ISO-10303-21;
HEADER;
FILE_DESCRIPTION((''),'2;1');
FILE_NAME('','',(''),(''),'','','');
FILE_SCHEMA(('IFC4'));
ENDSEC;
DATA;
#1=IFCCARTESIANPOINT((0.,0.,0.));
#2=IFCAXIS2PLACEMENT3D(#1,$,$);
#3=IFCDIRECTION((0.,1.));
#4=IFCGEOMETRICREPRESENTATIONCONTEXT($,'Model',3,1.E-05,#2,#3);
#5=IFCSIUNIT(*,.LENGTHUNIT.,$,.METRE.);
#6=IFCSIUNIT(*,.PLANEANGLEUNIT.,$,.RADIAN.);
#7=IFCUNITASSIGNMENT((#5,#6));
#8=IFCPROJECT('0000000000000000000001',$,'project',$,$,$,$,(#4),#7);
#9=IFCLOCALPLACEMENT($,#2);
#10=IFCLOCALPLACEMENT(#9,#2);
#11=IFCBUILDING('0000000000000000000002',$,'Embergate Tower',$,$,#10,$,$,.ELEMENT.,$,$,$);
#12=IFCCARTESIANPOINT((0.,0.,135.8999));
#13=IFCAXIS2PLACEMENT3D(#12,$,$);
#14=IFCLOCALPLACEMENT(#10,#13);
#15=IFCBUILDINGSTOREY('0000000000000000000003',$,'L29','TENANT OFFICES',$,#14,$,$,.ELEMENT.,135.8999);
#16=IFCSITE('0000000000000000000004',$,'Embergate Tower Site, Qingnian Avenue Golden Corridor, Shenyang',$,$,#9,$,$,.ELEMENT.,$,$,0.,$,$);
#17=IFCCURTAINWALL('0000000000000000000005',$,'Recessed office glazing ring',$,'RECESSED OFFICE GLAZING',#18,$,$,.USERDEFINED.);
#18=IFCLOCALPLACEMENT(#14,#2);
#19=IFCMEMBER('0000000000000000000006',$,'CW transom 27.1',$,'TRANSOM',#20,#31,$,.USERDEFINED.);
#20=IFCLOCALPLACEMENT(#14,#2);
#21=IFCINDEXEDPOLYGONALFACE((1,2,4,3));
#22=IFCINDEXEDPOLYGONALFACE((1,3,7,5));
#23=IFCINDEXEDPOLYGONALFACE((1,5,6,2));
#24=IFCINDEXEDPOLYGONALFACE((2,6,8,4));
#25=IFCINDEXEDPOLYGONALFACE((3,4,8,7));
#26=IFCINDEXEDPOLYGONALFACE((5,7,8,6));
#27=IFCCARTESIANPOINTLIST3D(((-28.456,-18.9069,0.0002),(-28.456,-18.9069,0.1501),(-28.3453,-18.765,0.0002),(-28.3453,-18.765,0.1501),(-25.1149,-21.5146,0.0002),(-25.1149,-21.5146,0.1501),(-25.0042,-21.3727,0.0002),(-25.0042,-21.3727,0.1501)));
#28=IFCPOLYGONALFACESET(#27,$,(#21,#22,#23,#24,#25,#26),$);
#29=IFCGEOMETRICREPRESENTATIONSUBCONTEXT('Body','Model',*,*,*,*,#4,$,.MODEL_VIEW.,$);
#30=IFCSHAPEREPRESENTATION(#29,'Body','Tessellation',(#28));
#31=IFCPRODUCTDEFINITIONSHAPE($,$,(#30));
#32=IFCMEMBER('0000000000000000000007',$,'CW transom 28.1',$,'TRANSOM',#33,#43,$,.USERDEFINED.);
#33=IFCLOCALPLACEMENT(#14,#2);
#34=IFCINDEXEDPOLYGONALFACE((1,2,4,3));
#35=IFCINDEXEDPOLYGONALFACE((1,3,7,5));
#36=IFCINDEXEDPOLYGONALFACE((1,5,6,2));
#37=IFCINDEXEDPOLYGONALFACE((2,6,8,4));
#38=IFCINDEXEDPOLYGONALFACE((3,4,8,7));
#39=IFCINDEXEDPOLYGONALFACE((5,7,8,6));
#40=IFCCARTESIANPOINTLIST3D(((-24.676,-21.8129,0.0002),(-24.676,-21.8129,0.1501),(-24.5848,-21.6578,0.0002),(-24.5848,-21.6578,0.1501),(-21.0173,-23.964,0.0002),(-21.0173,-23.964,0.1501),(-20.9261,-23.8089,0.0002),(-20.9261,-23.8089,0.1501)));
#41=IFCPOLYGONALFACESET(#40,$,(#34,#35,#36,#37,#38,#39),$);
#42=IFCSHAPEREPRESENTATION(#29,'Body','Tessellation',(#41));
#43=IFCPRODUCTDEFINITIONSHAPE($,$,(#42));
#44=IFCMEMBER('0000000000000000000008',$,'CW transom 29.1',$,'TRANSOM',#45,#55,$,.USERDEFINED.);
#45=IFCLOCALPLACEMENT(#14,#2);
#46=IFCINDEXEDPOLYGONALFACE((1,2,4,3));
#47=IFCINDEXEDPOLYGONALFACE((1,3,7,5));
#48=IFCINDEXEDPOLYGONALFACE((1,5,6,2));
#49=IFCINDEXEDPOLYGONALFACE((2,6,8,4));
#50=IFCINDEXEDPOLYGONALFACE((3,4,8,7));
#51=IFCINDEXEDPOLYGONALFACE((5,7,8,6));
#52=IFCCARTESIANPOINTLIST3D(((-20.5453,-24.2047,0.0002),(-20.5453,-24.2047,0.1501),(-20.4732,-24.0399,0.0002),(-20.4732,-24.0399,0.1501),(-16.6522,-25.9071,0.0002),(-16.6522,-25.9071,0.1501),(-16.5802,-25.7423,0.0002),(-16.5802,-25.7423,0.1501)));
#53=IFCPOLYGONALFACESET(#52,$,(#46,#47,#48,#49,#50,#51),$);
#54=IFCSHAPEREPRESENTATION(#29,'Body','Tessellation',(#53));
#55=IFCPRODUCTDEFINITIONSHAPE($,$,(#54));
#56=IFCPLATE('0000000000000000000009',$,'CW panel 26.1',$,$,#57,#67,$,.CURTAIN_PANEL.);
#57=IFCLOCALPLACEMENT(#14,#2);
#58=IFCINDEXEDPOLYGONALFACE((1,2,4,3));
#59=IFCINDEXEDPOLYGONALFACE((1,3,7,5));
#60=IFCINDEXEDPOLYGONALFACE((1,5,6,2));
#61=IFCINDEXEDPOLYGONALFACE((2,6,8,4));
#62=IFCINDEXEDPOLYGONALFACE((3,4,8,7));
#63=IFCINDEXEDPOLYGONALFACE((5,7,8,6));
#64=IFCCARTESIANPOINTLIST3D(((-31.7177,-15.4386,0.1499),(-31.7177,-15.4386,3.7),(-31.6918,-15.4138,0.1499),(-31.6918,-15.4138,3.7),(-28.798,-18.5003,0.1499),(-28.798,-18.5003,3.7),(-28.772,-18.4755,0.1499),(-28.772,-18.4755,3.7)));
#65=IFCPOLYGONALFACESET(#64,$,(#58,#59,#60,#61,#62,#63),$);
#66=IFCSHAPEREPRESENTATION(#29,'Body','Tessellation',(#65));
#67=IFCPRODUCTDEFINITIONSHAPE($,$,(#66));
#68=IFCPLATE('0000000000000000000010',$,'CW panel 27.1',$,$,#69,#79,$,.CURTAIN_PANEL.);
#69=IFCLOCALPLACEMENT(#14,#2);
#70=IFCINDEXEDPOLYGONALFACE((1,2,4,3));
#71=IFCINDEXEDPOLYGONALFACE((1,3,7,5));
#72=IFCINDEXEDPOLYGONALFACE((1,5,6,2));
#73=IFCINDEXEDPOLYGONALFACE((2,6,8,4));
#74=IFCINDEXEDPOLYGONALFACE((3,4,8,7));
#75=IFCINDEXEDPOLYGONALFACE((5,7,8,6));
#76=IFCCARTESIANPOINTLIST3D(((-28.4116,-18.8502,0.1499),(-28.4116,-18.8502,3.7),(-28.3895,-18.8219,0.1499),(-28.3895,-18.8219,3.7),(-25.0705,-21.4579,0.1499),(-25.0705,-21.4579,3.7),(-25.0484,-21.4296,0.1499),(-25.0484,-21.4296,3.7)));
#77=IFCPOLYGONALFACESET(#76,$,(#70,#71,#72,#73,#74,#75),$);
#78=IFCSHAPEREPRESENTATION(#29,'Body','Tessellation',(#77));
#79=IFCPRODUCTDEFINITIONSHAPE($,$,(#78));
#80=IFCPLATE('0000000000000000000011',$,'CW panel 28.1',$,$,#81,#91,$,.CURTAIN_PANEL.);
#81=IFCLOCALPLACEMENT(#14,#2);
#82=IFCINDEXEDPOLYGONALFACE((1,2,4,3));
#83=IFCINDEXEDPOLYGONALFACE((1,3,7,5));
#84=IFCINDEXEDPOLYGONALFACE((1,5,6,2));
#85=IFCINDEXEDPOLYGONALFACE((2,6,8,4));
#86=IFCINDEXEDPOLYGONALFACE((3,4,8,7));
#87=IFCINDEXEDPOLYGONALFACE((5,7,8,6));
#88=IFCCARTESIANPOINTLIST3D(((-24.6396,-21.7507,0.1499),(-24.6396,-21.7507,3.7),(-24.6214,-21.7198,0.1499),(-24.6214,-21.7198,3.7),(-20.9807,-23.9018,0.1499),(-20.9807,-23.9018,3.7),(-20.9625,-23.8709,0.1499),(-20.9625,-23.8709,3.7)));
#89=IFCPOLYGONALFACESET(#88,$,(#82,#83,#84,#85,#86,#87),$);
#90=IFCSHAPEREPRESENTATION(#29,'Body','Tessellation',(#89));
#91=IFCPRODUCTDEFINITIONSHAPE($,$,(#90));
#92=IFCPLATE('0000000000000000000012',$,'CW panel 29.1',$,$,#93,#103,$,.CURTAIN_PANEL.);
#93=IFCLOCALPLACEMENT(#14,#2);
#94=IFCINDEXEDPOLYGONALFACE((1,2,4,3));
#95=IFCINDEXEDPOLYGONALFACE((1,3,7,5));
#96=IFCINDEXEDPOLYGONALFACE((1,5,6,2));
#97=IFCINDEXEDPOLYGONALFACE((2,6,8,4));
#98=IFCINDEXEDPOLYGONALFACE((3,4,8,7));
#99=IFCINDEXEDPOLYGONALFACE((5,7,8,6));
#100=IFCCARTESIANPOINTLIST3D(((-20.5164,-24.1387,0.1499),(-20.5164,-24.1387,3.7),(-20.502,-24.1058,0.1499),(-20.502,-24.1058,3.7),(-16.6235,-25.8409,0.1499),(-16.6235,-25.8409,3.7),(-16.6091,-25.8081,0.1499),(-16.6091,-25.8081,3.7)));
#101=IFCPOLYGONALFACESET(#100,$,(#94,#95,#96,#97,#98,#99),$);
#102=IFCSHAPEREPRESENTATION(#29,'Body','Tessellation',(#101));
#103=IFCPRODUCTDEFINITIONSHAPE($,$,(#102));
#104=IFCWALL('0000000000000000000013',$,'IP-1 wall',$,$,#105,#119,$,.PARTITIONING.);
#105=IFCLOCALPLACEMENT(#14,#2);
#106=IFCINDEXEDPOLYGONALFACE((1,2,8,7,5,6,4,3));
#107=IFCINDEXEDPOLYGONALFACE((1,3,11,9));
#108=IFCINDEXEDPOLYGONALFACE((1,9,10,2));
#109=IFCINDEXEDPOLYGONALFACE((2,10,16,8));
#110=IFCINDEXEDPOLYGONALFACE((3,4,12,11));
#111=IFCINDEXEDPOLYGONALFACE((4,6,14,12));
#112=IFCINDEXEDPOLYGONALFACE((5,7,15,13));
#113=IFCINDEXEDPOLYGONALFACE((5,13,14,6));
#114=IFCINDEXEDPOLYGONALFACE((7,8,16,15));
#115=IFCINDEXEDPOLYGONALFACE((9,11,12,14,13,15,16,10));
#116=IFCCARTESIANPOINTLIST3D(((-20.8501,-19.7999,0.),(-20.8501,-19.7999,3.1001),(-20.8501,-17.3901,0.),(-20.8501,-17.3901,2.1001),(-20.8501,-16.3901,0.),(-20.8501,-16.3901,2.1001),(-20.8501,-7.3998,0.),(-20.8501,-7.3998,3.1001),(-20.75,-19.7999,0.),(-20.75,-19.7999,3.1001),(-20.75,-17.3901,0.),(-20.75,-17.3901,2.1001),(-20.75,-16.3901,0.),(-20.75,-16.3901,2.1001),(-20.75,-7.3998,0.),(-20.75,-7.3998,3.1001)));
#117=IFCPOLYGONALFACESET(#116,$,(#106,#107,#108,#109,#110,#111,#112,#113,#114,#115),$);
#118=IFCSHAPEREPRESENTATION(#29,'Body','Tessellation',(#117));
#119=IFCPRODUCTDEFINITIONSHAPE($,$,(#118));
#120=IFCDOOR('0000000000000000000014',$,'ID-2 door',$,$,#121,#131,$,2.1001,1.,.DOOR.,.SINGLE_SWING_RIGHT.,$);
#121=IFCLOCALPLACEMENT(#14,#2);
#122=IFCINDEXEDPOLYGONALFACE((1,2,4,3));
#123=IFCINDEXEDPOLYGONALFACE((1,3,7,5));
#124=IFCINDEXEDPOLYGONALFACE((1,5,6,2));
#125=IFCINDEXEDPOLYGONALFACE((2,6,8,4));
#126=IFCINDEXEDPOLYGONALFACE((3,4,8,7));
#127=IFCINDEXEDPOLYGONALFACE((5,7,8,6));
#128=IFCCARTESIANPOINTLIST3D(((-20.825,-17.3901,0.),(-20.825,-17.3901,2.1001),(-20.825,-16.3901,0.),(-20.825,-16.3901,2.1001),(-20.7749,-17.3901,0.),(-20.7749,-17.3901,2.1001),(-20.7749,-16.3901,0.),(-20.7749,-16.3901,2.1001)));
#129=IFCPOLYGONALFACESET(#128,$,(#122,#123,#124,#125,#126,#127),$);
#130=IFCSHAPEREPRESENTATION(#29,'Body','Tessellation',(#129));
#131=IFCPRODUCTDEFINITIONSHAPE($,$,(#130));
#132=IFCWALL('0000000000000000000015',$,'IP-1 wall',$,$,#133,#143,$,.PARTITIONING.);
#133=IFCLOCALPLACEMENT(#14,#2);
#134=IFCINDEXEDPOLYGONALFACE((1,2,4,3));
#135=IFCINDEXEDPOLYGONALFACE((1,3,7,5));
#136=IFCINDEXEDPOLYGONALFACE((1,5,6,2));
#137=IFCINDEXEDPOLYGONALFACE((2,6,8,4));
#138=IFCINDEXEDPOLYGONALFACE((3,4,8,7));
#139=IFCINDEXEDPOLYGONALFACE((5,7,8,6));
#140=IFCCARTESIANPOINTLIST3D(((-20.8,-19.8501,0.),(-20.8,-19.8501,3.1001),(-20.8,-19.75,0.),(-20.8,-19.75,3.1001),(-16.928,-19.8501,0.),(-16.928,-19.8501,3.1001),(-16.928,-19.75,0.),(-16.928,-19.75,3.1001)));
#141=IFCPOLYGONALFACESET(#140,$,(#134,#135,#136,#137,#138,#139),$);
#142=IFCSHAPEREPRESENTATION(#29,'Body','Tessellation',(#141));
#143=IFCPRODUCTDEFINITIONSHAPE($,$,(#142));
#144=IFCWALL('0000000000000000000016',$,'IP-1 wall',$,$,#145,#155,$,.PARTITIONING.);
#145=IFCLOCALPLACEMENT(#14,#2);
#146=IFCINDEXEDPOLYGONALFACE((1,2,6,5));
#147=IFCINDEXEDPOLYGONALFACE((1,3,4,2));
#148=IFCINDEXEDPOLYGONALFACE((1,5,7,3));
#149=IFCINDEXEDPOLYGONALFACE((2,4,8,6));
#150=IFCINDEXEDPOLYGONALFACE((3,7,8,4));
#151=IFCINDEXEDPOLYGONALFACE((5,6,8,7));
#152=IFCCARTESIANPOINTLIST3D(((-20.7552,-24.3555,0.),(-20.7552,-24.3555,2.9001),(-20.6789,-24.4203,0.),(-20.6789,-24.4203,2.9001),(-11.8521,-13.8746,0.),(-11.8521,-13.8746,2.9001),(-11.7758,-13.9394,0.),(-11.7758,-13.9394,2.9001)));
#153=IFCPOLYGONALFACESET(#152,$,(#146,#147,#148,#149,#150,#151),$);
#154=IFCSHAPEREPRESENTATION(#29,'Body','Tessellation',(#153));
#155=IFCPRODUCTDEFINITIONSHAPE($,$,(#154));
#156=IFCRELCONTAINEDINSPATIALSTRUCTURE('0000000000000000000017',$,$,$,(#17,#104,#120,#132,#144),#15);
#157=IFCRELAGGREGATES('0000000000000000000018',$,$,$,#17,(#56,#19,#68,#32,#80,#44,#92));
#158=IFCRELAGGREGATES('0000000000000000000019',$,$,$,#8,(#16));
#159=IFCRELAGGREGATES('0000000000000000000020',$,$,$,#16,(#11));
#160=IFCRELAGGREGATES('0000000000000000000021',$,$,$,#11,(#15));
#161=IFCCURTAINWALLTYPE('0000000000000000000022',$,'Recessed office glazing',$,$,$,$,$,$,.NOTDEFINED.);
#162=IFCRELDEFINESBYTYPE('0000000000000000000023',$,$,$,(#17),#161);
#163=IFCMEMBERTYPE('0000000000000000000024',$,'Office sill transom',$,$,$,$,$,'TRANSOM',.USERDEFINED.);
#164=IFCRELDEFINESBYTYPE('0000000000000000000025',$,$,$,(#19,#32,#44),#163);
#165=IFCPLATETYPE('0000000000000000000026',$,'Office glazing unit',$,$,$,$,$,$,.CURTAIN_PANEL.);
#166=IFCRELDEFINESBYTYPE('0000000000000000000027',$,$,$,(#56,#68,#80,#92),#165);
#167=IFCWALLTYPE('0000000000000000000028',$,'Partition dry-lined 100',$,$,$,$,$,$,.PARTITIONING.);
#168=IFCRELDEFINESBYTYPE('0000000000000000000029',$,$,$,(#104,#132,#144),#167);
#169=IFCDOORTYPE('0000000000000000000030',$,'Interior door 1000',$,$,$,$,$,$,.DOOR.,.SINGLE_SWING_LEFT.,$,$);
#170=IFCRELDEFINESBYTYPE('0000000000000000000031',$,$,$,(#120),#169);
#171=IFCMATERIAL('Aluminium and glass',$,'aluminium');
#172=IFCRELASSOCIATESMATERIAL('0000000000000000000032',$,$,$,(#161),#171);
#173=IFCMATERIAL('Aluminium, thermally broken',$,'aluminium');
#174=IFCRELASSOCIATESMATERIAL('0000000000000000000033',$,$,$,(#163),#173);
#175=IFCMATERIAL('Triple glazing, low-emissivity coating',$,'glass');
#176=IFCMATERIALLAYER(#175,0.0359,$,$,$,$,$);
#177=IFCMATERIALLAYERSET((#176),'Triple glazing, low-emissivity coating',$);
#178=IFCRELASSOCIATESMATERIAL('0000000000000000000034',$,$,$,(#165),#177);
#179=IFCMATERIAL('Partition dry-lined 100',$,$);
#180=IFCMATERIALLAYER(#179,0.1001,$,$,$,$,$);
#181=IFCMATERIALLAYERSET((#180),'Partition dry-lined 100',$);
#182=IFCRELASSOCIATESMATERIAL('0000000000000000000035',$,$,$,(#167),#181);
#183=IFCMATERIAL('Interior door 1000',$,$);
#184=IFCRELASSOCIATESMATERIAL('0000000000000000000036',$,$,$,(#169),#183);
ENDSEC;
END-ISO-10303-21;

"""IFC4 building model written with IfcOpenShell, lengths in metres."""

from ifc_helpers import new_model, si_unit, direction, frame, frame_2d, origin, origin_2d, place, context, subcontext, project, spatial, rectangle, extrude, source, transform, mapped, material, layer, layer_set, material_profile, profile_set, type_object, element, fill, aggregate, save


model = new_model("IFC4")

# Units and contexts
model_context = context("Model", 3, precision=1e-05, world=origin(), true_north=direction((0.0, 1.0)))
body_context = subcontext(model_context, "Body", "Model", "MODEL_VIEW")
ifc_project = project(units=[si_unit("LENGTHUNIT", "METRE"), si_unit("PLANEANGLEUNIT", "RADIAN")], contexts=[model_context])

# Site, building, storey
site_placement = place(None, origin())
site = spatial("IfcSite", under=ifc_project, at=site_placement, Name="Embergate Tower Site, Qingnian Avenue Golden Corridor, Shenyang", CompositionType="ELEMENT", RefElevation=0.0)
building_placement = place(site_placement, origin())
building = spatial("IfcBuilding", under=site, at=building_placement, Name="Embergate Tower", CompositionType="ELEMENT")
storey_placement = place(building_placement, frame((0.0, 0.0, 135.8999)))
storey = spatial("IfcBuildingStorey", under=building, at=storey_placement, Name="L29", Description="TENANT OFFICES", CompositionType="ELEMENT", Elevation=135.8999)

# Curtain wall, members, plates
ifc_material_1 = material(Name="Aluminium and glass", Category="aluminium")
curtain_wall_type = type_object("IfcCurtainWallType", Name="Recessed office glazing", PredefinedType="NOTDEFINED", material=ifc_material_1)
curtain_wall_placement = place(storey_placement, origin())
curtain_wall = element("IfcCurtainWall", 1, at=curtain_wall_placement, inside=storey, type_object=curtain_wall_type, Name="Recessed office glazing ring", ObjectType="RECESSED OFFICE GLAZING", PredefinedType="USERDEFINED")
ifc_material_2 = material(Name="Aluminium, thermally broken", Category="aluminium")
ifc_material_profile_1 = material_profile(ifc_material_2, rectangle(XDim=0.1799, YDim=0.1499, at=origin_2d()), Name="AL 150x180")
ifc_profile_set_1 = profile_set([ifc_material_profile_1], Name="Aluminium, thermally broken")
member_type_1 = type_object("IfcMemberType", Name="Office sill transom", ElementType="TRANSOM", PredefinedType="USERDEFINED", material=ifc_profile_set_1)
shared_shape_1 = source(origin(), body_context, "Body", "SweptSolid", [
    extrude(rectangle(XDim=0.1799, YDim=0.1499, at=origin_2d()), origin(), (0.0, 0.0, 1.0), 4.2383),
])
member_1_placement = place(storey_placement, frame((-28.4006, -18.8359, 0.0752), z_axis=(0.788315, -0.615272, 0.0), x_axis=(0.615272, 0.788315, 0.0)))
member_1 = element("IfcMember", 2, at=member_1_placement, type_object=member_type_1, Name="CW transom 27.1", ObjectType="TRANSOM", PredefinedType="USERDEFINED", context=body_context, shape_type="MappedRepresentation", body=[
    mapped(shared_shape_1, transform((0.0, 0.0, 0.0))),
])
shared_shape_2 = source(origin(), body_context, "Body", "SweptSolid", [
    extrude(rectangle(XDim=0.1799, YDim=0.1499, at=origin_2d()), origin(), (0.0, 0.0, 1.0), 4.2441),
])
member_2_placement = place(storey_placement, frame((-24.6304, -21.7354, 0.0752), z_axis=(0.862042, -0.506837, 0.0), x_axis=(0.506837, 0.862042, 0.0)))
member_2 = element("IfcMember", 3, at=member_2_placement, type_object=member_type_1, Name="CW transom 28.1", ObjectType="TRANSOM", PredefinedType="USERDEFINED", context=body_context, shape_type="MappedRepresentation", body=[
    mapped(shared_shape_2, transform((0.0, 0.0, 0.0))),
])
shared_shape_3 = source(origin(), body_context, "Body", "SweptSolid", [
    extrude(rectangle(XDim=0.1799, YDim=0.1499, at=origin_2d()), origin(), (0.0, 0.0, 1.0), 4.249),
])
member_3_placement = place(storey_placement, frame((-20.5093, -24.1223, 0.0752), z_axis=(0.916229, -0.400656, 0.0), x_axis=(0.400656, 0.916229, 0.0)))
member_3 = element("IfcMember", 4, at=member_3_placement, type_object=member_type_1, Name="CW transom 29.1", ObjectType="TRANSOM", PredefinedType="USERDEFINED", context=body_context, shape_type="MappedRepresentation", body=[
    mapped(shared_shape_3, transform((0.0, 0.0, 0.0))),
])
ifc_material_3 = material(Name="Triple glazing, low-emissivity coating", Category="glass")
ifc_layer_1 = layer(ifc_material_3, 0.0359)
ifc_layer_set_1 = layer_set([ifc_layer_1], Name="Triple glazing, low-emissivity coating")
plate_type = type_object("IfcPlateType", Name="Office glazing unit", PredefinedType="CURTAIN_PANEL", material=ifc_layer_set_1)
shared_shape_4 = source(origin(), body_context, "Body", "SweptSolid", [
    extrude(rectangle(XDim=4.2307, YDim=0.0359, at=origin_2d()), origin(), (0.0, 0.0, 1.0), 3.55),
])
plate_1_placement = place(storey_placement, frame((-30.2449, -16.957, 0.1499), z_axis=(0.0, 0.0, 1.0), x_axis=(0.690138, -0.723678, 0.0)))
plate_1 = element("IfcPlate", 5, at=plate_1_placement, type_object=plate_type, Name="CW panel 26.1", PredefinedType="CURTAIN_PANEL", context=body_context, shape_type="MappedRepresentation", body=[
    mapped(shared_shape_4, transform((0.0, 0.0, 0.0))),
])
shared_shape_5 = source(origin(), body_context, "Body", "SweptSolid", [
    extrude(rectangle(XDim=4.2383, YDim=0.0359, at=origin_2d()), origin(), (0.0, 0.0, 1.0), 3.55),
])
plate_2_placement = place(storey_placement, frame((-26.73, -20.1399, 0.1499), z_axis=(0.0, 0.0, 1.0), x_axis=(0.788322, -0.615263, 0.0)))
plate_2 = element("IfcPlate", 6, at=plate_2_placement, type_object=plate_type, Name="CW panel 27.1", PredefinedType="CURTAIN_PANEL", context=body_context, shape_type="MappedRepresentation", body=[
    mapped(shared_shape_5, transform((0.0, 0.0, 0.0))),
])
shared_shape_6 = source(origin(), body_context, "Body", "SweptSolid", [
    extrude(rectangle(XDim=4.2444, YDim=0.0359, at=origin_2d()), origin(), (0.0, 0.0, 1.0), 3.55),
])
plate_3_placement = place(storey_placement, frame((-22.801, -22.8108, 0.1499), z_axis=(0.0, 0.0, 1.0), x_axis=(0.862055, -0.506815, 0.0)))
plate_3 = element("IfcPlate", 7, at=plate_3_placement, type_object=plate_type, Name="CW panel 28.1", PredefinedType="CURTAIN_PANEL", context=body_context, shape_type="MappedRepresentation", body=[
    mapped(shared_shape_6, transform((0.0, 0.0, 0.0))),
])
shared_shape_7 = source(origin(), body_context, "Body", "SweptSolid", [
    extrude(rectangle(XDim=4.2488, YDim=0.0359, at=origin_2d()), origin(), (0.0, 0.0, 1.0), 3.55),
])
plate_4_placement = place(storey_placement, frame((-18.5627, -24.9734, 0.1499), z_axis=(0.0, 0.0, 1.0), x_axis=(0.916237, -0.400637, 0.0)))
plate_4 = element("IfcPlate", 8, at=plate_4_placement, type_object=plate_type, Name="CW panel 29.1", PredefinedType="CURTAIN_PANEL", context=body_context, shape_type="MappedRepresentation", body=[
    mapped(shared_shape_7, transform((0.0, 0.0, 0.0))),
])
aggregate(curtain_wall, [plate_1, member_1, plate_2, member_2, plate_3, member_3, plate_4])

# Wall, opening, door
ifc_material_4 = material(Name="Partition dry-lined 100")
ifc_layer_2 = layer(ifc_material_4, 0.1001)
ifc_layer_set_2 = layer_set([ifc_layer_2], Name="Partition dry-lined 100")
wall_type = type_object("IfcWallType", Name="Partition dry-lined 100", PredefinedType="PARTITIONING", material=ifc_layer_set_2)
shared_shape_8 = source(origin(), body_context, "Body", "SweptSolid", [
    extrude(rectangle(XDim=12.4001, YDim=0.1001, at=frame_2d((6.2002, 0.0))), origin(), (0.0, 0.0, 1.0), 3.1001),
])
wall_1_placement = place(storey_placement, frame((-20.8, -19.8, 0.0), z_axis=(0.0, 0.0, 1.0), x_axis=(0.0, 1.0, 0.0)))
wall_1 = element("IfcWall", 9, at=wall_1_placement, inside=storey, type_object=wall_type, Name="IP-1 wall", PredefinedType="PARTITIONING", context=body_context, shape_type="MappedRepresentation", body=[
    mapped(shared_shape_8, transform((0.0, 0.0, 0.0))),
])
shared_shape_9 = source(origin(), body_context, "Body", "SweptSolid", [
    extrude(rectangle(XDim=1.0, YDim=2.1001, at=frame_2d((0.5, 1.05))), frame((0.0, 0.0601, 0.0), z_axis=(0.0, -1.0, 0.0), x_axis=(1.0, 0.0, 0.0)), (0.0, 0.0, 1.0), 0.1201),
])
opening_placement = place(wall_1_placement, frame((2.4099, 0.0, 0.0)))
opening = element("IfcOpeningElement", 10, at=opening_placement, cuts=wall_1, PredefinedType="OPENING", context=body_context, shape_type="MappedRepresentation", body=[
    mapped(shared_shape_9, transform((0.0, 0.0, 0.0))),
])
ifc_material_5 = material(Name="Interior door 1000")
door_type = type_object("IfcDoorType", Name="Interior door 1000", OperationType="SINGLE_SWING_LEFT", PredefinedType="DOOR", material=ifc_material_5)
shared_shape_10 = source(origin(), body_context, "Body", "SweptSolid", [
    extrude(rectangle(XDim=1.0, YDim=2.1001, at=frame_2d((0.5, 1.05))), frame((0.0, 0.0249, 0.0), z_axis=(0.0, -1.0, 0.0), x_axis=(1.0, 0.0, 0.0)), (0.0, 0.0, 1.0), 0.05),
])
door_placement = place(opening_placement, origin())
door = element("IfcDoor", 11, at=door_placement, inside=storey, type_object=door_type, Name="ID-2 door", OperationType="SINGLE_SWING_RIGHT", OverallHeight=2.1001, OverallWidth=1.0, PredefinedType="DOOR", context=body_context, shape_type="MappedRepresentation", body=[
    mapped(shared_shape_10, transform((0.0, 0.0, 0.0))),
])
fill(opening, door)

# Walls
shared_shape_11 = source(origin(), body_context, "Body", "SweptSolid", [
    extrude(rectangle(XDim=3.8721, YDim=0.1001, at=frame_2d((1.936, 0.0))), origin(), (0.0, 0.0, 1.0), 3.1001),
])
wall_2_placement = place(storey_placement, frame((-20.8, -19.8, 0.0), z_axis=(0.0, 0.0, 1.0), x_axis=(1.0, 0.0, 0.0)))
element("IfcWall", 12, at=wall_2_placement, inside=storey, type_object=wall_type, Name="IP-1 wall", PredefinedType="PARTITIONING", context=body_context, shape_type="MappedRepresentation", body=[
    mapped(shared_shape_11, transform((0.0, 0.0, 0.0))),
])
shared_shape_12 = source(origin(), body_context, "Body", "SweptSolid", [
    extrude(rectangle(XDim=13.752, YDim=0.1001, at=frame_2d((6.876, 0.0))), origin(), (0.0, 0.0, 1.0), 2.9001),
])
wall_3_placement = place(storey_placement, frame((-20.717, -24.3879, 0.0), z_axis=(0.0, 0.0, 1.0), x_axis=(0.647406, 0.762145, 0.0)))
element("IfcWall", 13, at=wall_3_placement, inside=storey, type_object=wall_type, Name="IP-1 wall", PredefinedType="PARTITIONING", context=body_context, shape_type="MappedRepresentation", body=[
    mapped(shared_shape_12, transform((0.0, 0.0, 0.0))),
])

save(model, "model.ifc")
